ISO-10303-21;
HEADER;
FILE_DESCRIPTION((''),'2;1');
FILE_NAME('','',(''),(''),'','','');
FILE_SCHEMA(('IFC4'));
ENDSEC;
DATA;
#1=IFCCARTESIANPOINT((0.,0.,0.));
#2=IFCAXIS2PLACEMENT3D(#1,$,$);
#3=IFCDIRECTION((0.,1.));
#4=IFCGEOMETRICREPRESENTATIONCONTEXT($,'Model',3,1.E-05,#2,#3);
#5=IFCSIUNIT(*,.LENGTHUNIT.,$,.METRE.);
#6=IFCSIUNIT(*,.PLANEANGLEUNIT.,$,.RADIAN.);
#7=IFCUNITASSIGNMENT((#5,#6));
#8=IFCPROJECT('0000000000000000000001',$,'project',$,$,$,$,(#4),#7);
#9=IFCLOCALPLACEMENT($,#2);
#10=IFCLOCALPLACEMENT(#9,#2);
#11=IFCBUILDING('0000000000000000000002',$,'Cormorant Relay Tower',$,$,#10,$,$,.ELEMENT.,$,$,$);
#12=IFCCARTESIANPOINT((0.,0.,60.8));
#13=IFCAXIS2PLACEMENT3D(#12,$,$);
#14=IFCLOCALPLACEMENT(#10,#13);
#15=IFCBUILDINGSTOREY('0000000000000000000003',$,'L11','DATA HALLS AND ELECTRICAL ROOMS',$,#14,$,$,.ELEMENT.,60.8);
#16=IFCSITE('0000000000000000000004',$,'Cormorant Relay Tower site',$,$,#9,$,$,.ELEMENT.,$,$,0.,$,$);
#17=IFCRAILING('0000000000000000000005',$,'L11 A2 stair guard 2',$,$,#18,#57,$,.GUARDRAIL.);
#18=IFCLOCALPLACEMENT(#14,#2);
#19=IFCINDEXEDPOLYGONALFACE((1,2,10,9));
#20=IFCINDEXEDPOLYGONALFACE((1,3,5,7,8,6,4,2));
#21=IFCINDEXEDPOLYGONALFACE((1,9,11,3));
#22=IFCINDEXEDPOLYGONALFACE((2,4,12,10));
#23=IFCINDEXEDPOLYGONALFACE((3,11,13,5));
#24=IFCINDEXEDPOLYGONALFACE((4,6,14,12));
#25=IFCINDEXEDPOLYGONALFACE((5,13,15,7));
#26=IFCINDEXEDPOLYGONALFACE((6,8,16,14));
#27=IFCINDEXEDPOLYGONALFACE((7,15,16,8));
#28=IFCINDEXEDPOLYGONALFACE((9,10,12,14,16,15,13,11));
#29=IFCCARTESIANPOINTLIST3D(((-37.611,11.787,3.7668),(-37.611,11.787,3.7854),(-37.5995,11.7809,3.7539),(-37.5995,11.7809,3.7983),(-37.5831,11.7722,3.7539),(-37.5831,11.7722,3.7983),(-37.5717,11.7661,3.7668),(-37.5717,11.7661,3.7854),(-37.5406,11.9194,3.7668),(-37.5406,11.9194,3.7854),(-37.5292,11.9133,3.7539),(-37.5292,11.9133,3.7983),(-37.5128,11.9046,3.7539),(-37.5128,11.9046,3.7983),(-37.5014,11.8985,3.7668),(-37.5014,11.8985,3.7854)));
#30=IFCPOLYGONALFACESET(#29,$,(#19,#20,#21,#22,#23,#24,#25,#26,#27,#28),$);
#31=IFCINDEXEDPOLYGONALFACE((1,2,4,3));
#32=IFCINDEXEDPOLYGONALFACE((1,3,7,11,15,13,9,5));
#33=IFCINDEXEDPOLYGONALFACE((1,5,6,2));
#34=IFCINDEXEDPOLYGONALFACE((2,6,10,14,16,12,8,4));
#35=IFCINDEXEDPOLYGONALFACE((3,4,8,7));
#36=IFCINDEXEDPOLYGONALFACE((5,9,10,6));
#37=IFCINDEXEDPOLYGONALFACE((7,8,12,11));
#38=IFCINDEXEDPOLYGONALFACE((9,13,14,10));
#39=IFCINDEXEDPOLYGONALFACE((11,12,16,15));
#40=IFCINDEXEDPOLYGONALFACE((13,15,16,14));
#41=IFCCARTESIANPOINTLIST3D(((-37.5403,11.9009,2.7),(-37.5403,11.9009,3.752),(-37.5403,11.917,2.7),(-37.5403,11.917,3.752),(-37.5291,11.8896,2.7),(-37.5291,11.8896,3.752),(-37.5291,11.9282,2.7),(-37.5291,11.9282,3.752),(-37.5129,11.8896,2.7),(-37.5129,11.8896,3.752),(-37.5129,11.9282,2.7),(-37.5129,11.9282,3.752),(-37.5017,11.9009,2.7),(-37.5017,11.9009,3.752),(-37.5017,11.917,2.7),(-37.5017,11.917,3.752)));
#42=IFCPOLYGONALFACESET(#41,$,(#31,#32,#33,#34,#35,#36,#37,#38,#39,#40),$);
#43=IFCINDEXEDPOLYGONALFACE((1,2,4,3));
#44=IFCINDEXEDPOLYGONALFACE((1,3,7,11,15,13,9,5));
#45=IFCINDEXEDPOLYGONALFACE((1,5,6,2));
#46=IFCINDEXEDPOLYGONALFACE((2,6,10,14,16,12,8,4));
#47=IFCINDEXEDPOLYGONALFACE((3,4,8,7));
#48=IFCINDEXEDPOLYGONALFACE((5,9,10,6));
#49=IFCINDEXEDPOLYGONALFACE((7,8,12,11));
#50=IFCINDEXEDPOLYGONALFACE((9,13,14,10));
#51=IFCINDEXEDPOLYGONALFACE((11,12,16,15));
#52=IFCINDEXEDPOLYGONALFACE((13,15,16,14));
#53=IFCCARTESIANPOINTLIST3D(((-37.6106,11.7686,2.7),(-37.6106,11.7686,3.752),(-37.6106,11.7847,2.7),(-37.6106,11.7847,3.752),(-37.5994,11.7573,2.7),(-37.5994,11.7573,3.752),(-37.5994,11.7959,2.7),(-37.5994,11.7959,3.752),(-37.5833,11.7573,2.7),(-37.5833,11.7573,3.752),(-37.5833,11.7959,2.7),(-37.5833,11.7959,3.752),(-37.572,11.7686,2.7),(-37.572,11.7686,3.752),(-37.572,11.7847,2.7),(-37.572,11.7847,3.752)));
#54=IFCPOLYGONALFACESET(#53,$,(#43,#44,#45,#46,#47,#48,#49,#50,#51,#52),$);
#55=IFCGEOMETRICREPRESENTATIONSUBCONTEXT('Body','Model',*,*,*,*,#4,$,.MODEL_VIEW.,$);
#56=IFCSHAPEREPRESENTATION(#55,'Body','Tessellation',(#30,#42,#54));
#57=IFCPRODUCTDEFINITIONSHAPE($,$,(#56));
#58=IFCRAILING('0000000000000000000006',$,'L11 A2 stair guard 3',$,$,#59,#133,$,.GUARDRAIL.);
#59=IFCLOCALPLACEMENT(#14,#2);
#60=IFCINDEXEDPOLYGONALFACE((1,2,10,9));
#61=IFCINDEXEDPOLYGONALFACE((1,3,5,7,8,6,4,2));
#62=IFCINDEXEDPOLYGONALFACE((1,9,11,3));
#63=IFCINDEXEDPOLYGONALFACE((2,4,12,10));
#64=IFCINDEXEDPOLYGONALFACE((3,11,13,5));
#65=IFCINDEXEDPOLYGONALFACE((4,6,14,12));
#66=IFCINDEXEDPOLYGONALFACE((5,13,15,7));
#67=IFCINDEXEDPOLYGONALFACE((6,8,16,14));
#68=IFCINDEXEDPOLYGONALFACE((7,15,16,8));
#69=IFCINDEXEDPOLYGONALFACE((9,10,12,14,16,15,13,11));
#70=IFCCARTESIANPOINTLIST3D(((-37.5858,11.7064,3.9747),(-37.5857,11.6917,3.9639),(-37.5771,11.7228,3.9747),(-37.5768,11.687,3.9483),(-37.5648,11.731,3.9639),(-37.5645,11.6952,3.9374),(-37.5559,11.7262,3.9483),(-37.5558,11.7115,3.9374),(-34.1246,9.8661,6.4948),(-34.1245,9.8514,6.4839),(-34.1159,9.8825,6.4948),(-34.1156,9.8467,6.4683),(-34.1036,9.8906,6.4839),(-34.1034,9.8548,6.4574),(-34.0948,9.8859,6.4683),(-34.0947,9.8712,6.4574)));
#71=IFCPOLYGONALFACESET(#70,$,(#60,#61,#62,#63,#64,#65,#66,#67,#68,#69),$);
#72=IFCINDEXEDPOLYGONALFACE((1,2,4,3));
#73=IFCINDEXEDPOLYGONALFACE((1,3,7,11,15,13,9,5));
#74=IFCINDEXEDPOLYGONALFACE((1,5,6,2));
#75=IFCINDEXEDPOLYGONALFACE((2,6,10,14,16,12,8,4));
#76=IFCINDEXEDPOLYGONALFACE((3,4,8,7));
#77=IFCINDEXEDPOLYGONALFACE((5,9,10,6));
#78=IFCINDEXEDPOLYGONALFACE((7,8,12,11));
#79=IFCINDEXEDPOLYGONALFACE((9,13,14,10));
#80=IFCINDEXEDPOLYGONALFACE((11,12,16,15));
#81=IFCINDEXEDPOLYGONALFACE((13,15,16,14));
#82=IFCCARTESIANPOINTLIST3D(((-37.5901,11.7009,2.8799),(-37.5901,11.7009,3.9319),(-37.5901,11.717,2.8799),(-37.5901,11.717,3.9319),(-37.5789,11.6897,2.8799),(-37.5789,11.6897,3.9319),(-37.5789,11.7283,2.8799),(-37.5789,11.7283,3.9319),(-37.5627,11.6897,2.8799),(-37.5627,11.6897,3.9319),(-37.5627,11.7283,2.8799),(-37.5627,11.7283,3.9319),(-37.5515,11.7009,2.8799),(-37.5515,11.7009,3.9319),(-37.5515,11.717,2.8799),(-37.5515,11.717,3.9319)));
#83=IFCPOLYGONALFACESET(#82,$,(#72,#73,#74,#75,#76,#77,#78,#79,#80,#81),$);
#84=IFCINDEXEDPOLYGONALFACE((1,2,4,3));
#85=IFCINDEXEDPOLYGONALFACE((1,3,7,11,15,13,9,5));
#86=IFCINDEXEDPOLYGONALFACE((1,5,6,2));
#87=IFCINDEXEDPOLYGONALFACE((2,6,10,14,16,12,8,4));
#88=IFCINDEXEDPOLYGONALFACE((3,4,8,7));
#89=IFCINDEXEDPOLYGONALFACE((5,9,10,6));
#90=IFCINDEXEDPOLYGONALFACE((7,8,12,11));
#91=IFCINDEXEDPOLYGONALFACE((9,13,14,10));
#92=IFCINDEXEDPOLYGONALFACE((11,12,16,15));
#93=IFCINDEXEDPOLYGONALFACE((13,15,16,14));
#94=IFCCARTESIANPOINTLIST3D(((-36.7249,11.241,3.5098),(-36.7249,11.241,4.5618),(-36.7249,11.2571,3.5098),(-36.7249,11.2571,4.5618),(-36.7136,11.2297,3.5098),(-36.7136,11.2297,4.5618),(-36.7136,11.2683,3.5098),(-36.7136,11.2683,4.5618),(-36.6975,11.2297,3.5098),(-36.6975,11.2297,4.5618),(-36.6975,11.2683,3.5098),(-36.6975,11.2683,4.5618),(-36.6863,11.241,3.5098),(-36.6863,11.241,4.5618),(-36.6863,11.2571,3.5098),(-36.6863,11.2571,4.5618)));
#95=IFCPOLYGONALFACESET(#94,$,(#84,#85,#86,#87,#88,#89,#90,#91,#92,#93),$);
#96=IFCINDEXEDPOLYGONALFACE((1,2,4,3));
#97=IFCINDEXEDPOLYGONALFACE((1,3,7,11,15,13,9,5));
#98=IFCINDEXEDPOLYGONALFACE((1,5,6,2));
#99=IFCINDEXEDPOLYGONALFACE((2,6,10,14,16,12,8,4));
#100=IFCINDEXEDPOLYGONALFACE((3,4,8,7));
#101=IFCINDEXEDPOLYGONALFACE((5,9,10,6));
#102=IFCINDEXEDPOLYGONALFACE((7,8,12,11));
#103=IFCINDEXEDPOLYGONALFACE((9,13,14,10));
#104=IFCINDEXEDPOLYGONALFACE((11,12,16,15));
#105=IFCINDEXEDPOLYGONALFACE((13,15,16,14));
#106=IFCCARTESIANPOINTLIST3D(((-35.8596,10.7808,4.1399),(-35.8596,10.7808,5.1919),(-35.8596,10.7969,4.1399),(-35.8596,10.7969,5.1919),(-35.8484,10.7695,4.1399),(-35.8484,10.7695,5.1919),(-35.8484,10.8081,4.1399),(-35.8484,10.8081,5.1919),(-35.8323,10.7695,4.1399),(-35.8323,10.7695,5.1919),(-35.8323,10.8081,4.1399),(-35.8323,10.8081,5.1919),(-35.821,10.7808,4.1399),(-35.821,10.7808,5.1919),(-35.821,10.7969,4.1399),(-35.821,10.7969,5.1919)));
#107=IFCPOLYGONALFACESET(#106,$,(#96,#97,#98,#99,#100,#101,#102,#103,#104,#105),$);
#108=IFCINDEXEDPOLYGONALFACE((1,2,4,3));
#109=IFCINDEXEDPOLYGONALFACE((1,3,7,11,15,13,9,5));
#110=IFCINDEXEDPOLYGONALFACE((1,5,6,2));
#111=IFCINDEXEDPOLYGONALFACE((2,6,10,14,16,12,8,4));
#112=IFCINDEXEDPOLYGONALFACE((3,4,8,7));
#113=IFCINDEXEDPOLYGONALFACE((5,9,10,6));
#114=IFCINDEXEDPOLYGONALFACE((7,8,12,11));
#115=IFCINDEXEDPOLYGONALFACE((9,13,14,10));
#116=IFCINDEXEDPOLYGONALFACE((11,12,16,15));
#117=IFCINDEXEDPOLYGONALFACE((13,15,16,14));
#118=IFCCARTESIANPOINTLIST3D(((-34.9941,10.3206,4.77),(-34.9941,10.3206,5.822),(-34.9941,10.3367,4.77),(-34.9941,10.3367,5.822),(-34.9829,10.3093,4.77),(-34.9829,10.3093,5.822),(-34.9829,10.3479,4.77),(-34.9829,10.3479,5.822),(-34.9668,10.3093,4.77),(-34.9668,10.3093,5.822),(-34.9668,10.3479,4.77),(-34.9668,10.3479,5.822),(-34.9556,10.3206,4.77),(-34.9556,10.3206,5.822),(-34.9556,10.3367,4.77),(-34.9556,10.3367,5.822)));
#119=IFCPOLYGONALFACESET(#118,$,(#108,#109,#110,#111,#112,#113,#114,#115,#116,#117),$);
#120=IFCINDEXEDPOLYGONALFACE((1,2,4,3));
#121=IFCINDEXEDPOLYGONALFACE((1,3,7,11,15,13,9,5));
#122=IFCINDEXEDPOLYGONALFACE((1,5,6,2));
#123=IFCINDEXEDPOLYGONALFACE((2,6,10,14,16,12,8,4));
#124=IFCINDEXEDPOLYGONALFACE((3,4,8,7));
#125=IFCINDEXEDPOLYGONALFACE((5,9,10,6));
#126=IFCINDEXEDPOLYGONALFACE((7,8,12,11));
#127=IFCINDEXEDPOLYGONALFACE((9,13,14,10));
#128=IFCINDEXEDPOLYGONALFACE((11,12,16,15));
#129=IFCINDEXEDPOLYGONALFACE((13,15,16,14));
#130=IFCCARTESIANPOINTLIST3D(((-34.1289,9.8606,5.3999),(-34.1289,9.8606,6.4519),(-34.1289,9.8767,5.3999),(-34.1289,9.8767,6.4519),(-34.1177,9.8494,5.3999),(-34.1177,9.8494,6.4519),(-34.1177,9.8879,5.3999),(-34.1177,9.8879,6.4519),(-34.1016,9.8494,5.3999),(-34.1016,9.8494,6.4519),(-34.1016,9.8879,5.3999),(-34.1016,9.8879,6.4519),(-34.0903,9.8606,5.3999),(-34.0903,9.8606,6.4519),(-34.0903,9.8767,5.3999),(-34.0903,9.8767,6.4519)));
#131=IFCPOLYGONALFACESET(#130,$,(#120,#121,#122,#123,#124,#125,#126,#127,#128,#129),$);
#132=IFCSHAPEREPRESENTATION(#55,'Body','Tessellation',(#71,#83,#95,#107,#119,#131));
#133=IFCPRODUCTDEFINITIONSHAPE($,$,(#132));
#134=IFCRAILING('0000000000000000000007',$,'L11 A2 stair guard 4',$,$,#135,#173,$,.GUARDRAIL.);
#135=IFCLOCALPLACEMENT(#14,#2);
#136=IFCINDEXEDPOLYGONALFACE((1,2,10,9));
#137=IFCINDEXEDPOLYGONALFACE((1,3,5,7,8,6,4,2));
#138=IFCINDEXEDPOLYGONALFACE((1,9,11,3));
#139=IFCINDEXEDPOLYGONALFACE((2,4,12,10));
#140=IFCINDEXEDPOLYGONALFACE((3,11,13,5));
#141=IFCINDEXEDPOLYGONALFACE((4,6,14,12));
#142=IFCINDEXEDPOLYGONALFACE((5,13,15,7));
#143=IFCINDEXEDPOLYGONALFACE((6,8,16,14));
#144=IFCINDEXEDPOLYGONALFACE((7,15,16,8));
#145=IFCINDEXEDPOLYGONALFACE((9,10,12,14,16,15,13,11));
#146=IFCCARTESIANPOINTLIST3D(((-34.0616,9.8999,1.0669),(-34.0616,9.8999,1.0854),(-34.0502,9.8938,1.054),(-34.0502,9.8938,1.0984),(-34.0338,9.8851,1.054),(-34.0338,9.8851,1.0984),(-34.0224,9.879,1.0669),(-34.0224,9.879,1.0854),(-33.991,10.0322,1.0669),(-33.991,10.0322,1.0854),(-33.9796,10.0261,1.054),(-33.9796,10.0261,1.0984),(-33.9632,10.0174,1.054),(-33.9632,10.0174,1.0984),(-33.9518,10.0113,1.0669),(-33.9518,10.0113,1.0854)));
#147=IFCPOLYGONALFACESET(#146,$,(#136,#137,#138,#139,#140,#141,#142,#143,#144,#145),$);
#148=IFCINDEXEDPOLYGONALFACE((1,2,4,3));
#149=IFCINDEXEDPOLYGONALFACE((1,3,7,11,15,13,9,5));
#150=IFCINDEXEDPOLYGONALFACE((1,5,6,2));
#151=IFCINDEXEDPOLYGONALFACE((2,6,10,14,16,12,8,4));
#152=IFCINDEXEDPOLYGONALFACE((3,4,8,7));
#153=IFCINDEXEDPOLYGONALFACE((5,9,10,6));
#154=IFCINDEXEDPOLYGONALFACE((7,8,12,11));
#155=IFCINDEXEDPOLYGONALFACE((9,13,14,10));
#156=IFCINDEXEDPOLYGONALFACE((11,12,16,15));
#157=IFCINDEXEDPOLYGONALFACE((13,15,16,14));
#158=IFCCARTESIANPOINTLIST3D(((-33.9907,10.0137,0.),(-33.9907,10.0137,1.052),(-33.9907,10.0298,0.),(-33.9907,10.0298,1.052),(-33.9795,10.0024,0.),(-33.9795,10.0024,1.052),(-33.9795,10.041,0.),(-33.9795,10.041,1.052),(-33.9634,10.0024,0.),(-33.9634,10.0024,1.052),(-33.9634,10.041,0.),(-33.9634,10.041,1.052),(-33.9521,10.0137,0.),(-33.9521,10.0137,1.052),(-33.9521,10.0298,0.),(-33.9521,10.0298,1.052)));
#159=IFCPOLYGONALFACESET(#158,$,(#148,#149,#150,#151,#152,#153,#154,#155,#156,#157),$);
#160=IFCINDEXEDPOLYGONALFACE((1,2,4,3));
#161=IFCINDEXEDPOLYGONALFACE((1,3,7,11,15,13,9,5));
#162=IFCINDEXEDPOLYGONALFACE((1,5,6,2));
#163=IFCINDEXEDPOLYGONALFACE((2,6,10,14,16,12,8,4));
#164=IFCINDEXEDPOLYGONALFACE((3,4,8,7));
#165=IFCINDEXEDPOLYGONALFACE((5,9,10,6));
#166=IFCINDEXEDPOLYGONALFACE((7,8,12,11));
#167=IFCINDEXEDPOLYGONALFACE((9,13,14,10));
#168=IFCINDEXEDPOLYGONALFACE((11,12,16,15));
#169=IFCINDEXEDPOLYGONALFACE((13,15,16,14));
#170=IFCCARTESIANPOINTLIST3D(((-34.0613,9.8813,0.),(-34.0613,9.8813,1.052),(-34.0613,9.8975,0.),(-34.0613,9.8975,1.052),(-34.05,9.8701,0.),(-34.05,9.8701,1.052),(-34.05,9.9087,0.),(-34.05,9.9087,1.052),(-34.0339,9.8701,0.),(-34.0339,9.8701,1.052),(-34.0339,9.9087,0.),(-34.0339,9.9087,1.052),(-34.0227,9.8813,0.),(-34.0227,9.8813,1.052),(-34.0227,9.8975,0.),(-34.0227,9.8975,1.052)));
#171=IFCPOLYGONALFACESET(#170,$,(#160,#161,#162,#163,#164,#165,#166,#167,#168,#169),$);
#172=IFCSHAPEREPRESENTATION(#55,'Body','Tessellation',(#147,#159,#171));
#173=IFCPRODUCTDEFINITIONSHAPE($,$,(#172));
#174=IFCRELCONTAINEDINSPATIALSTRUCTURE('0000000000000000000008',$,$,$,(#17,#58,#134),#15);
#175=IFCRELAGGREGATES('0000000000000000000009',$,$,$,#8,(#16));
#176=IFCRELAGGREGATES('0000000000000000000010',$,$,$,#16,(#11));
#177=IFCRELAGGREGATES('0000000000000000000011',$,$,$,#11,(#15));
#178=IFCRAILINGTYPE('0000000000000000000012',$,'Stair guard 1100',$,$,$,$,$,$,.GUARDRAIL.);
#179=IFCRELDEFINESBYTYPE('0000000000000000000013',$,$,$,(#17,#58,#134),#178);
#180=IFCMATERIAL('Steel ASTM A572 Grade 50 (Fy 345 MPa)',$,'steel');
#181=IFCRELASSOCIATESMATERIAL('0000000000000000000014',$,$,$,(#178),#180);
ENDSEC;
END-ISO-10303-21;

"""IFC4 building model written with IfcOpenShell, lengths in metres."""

from ifc_helpers import new_model, si_unit, direction, frame, origin, place, context, subcontext, project, spatial, polyline, outline, extrude, material, type_object, element, save


model = new_model("IFC4")

# Units and contexts
model_context = context("Model", 3, precision=1e-05, world=origin(), true_north=direction((0.0, 1.0)))
body_context = subcontext(model_context, "Body", "Model", "MODEL_VIEW")
ifc_project = project(units=[si_unit("LENGTHUNIT", "METRE"), si_unit("PLANEANGLEUNIT", "RADIAN")], contexts=[model_context])

# Site, building, storey
site_placement = place(None, origin())
site = spatial("IfcSite", under=ifc_project, at=site_placement, Name="Cormorant Relay Tower site", CompositionType="ELEMENT", RefElevation=0.0)
building_placement = place(site_placement, origin())
building = spatial("IfcBuilding", under=site, at=building_placement, Name="Cormorant Relay Tower", CompositionType="ELEMENT")
storey_placement = place(building_placement, frame((0.0, 0.0, 60.8)))
storey = spatial("IfcBuildingStorey", under=building, at=storey_placement, Name="L11", Description="DATA HALLS AND ELECTRICAL ROOMS", CompositionType="ELEMENT", Elevation=60.8)

# Railings
ifc_material_1 = material(Name="Steel ASTM A572 Grade 50 (Fy 345 MPa)", Category="steel")
railing_type_1 = type_object("IfcRailingType", Name="Stair guard 1100", PredefinedType="GUARDRAIL", material=ifc_material_1)
railing_1_placement = place(storey_placement, frame((-37.521, 11.9089, 2.7)))
element("IfcRailing", 1, at=railing_1_placement, inside=storey, type_object=railing_type_1, Name="L11 A2 stair guard 2", PredefinedType="GUARDRAIL", context=body_context, shape_type="SweptSolid", body=[
    extrude(outline(polyline([(0.0222, 0.0093), (0.0093, 0.0222), (-0.0093, 0.0222), (-0.0222, 0.0093), (-0.0222, -0.0093), (-0.0093, -0.0222), (0.0093, -0.0222), (0.0222, -0.0093), (0.0222, 0.0093)])), frame((0.0, 0.0, 1.0762), z_axis=(-0.469235, -0.883074, 0.0), x_axis=(0.883074, -0.469235, 0.0)), (0.0, 0.0, 1.0), 0.1499),
    extrude(outline(polyline([(0.0193, 0.0081), (0.0081, 0.0193), (-0.0081, 0.0193), (-0.0193, 0.0081), (-0.0193, -0.0081), (-0.0081, -0.0193), (0.0081, -0.0193), (0.0193, -0.0081), (0.0193, 0.0081)])), origin(), (0.0, 0.0, 1.0), 1.052),
    extrude(outline(polyline([(0.0193, 0.0081), (0.0081, 0.0193), (-0.0081, 0.0193), (-0.0193, 0.0081), (-0.0193, -0.0081), (-0.0081, -0.0193), (0.0081, -0.0193), (0.0193, -0.0081), (0.0193, 0.0081)])), frame((-0.0703, -0.1323, 0.0)), (0.0, 0.0, 1.0), 1.052),
])
railing_2_placement = place(storey_placement, frame((-37.5708, 11.709, 2.8799)))
element("IfcRailing", 2, at=railing_2_placement, inside=storey, type_object=railing_type_1, Name="L11 A2 stair guard 3", PredefinedType="GUARDRAIL", context=body_context, shape_type="SweptSolid", body=[
    extrude(outline(polyline([(0.0222, 0.0093), (0.0093, 0.0222), (-0.0093, 0.0222), (-0.0222, 0.0093), (-0.0222, -0.0093), (-0.0093, -0.0222), (0.0093, -0.0222), (0.0222, -0.0093), (0.0222, 0.0093)])), frame((0.0, 0.0, 1.0762), z_axis=(0.742717, -0.394907, 0.540758), x_axis=(0.469469, 0.882949, 0.0)), (0.0, 0.0, 1.0), 4.6602),
    extrude(outline(polyline([(0.0193, 0.0081), (0.0081, 0.0193), (-0.0081, 0.0193), (-0.0193, 0.0081), (-0.0193, -0.0081), (-0.0081, -0.0193), (0.0081, -0.0193), (0.0193, -0.0081), (0.0193, 0.0081)])), origin(), (0.0, 0.0, 1.0), 1.052),
    extrude(outline(polyline([(0.0193, 0.0081), (0.0081, 0.0193), (-0.0081, 0.0193), (-0.0193, 0.0081), (-0.0193, -0.0081), (-0.0081, -0.0193), (0.0081, -0.0193), (0.0193, -0.0081), (0.0193, 0.0081)])), frame((0.8652, -0.46, 0.6299)), (0.0, 0.0, 1.0), 1.052),
    extrude(outline(polyline([(0.0193, 0.0081), (0.0081, 0.0193), (-0.0081, 0.0193), (-0.0193, 0.0081), (-0.0193, -0.0081), (-0.0081, -0.0193), (0.0081, -0.0193), (0.0193, -0.0081), (0.0193, 0.0081)])), frame((1.7305, -0.9202, 1.26)), (0.0, 0.0, 1.0), 1.052),
    extrude(outline(polyline([(0.0193, 0.0081), (0.0081, 0.0193), (-0.0081, 0.0193), (-0.0193, 0.0081), (-0.0193, -0.0081), (-0.0081, -0.0193), (0.0081, -0.0193), (0.0193, -0.0081), (0.0193, 0.0081)])), frame((2.5959, -1.3804, 1.8901)), (0.0, 0.0, 1.0), 1.052),
    extrude(outline(polyline([(0.0193, 0.0081), (0.0081, 0.0193), (-0.0081, 0.0193), (-0.0193, 0.0081), (-0.0193, -0.0081), (-0.0081, -0.0193), (0.0081, -0.0193), (0.0193, -0.0081), (0.0193, 0.0081)])), frame((3.4612, -1.8403, 2.52)), (0.0, 0.0, 1.0), 1.052),
])
railing_3_placement = place(storey_placement, frame((-33.9714, 10.0217, 0.0)))
element("IfcRailing", 3, at=railing_3_placement, inside=storey, type_object=railing_type_1, Name="L11 A2 stair guard 4", PredefinedType="GUARDRAIL", context=body_context, shape_type="SweptSolid", body=[
    extrude(outline(polyline([(0.0222, 0.0093), (0.0093, 0.0222), (-0.0093, 0.0222), (-0.0222, 0.0093), (-0.0222, -0.0093), (-0.0093, -0.0222), (0.0093, -0.0222), (0.0222, -0.0093), (0.0222, 0.0093)])), frame((0.0, 0.0, 1.0762), z_axis=(-0.470504, -0.882398, 0.0), x_axis=(0.882398, -0.470504, 0.0)), (0.0, 0.0, 1.0), 0.1499),
    extrude(outline(polyline([(0.0193, 0.0081), (0.0081, 0.0193), (-0.0081, 0.0193), (-0.0193, 0.0081), (-0.0193, -0.0081), (-0.0081, -0.0193), (0.0081, -0.0193), (0.0193, -0.0081), (0.0193, 0.0081)])), origin(), (0.0, 0.0, 1.0), 1.052),
    extrude(outline(polyline([(0.0193, 0.0081), (0.0081, 0.0193), (-0.0081, 0.0193), (-0.0193, 0.0081), (-0.0193, -0.0081), (-0.0081, -0.0193), (0.0081, -0.0193), (0.0193, -0.0081), (0.0193, 0.0081)])), frame((-0.0706, -0.1323, 0.0)), (0.0, 0.0, 1.0), 1.052),
])

save(model, "model.ifc")
